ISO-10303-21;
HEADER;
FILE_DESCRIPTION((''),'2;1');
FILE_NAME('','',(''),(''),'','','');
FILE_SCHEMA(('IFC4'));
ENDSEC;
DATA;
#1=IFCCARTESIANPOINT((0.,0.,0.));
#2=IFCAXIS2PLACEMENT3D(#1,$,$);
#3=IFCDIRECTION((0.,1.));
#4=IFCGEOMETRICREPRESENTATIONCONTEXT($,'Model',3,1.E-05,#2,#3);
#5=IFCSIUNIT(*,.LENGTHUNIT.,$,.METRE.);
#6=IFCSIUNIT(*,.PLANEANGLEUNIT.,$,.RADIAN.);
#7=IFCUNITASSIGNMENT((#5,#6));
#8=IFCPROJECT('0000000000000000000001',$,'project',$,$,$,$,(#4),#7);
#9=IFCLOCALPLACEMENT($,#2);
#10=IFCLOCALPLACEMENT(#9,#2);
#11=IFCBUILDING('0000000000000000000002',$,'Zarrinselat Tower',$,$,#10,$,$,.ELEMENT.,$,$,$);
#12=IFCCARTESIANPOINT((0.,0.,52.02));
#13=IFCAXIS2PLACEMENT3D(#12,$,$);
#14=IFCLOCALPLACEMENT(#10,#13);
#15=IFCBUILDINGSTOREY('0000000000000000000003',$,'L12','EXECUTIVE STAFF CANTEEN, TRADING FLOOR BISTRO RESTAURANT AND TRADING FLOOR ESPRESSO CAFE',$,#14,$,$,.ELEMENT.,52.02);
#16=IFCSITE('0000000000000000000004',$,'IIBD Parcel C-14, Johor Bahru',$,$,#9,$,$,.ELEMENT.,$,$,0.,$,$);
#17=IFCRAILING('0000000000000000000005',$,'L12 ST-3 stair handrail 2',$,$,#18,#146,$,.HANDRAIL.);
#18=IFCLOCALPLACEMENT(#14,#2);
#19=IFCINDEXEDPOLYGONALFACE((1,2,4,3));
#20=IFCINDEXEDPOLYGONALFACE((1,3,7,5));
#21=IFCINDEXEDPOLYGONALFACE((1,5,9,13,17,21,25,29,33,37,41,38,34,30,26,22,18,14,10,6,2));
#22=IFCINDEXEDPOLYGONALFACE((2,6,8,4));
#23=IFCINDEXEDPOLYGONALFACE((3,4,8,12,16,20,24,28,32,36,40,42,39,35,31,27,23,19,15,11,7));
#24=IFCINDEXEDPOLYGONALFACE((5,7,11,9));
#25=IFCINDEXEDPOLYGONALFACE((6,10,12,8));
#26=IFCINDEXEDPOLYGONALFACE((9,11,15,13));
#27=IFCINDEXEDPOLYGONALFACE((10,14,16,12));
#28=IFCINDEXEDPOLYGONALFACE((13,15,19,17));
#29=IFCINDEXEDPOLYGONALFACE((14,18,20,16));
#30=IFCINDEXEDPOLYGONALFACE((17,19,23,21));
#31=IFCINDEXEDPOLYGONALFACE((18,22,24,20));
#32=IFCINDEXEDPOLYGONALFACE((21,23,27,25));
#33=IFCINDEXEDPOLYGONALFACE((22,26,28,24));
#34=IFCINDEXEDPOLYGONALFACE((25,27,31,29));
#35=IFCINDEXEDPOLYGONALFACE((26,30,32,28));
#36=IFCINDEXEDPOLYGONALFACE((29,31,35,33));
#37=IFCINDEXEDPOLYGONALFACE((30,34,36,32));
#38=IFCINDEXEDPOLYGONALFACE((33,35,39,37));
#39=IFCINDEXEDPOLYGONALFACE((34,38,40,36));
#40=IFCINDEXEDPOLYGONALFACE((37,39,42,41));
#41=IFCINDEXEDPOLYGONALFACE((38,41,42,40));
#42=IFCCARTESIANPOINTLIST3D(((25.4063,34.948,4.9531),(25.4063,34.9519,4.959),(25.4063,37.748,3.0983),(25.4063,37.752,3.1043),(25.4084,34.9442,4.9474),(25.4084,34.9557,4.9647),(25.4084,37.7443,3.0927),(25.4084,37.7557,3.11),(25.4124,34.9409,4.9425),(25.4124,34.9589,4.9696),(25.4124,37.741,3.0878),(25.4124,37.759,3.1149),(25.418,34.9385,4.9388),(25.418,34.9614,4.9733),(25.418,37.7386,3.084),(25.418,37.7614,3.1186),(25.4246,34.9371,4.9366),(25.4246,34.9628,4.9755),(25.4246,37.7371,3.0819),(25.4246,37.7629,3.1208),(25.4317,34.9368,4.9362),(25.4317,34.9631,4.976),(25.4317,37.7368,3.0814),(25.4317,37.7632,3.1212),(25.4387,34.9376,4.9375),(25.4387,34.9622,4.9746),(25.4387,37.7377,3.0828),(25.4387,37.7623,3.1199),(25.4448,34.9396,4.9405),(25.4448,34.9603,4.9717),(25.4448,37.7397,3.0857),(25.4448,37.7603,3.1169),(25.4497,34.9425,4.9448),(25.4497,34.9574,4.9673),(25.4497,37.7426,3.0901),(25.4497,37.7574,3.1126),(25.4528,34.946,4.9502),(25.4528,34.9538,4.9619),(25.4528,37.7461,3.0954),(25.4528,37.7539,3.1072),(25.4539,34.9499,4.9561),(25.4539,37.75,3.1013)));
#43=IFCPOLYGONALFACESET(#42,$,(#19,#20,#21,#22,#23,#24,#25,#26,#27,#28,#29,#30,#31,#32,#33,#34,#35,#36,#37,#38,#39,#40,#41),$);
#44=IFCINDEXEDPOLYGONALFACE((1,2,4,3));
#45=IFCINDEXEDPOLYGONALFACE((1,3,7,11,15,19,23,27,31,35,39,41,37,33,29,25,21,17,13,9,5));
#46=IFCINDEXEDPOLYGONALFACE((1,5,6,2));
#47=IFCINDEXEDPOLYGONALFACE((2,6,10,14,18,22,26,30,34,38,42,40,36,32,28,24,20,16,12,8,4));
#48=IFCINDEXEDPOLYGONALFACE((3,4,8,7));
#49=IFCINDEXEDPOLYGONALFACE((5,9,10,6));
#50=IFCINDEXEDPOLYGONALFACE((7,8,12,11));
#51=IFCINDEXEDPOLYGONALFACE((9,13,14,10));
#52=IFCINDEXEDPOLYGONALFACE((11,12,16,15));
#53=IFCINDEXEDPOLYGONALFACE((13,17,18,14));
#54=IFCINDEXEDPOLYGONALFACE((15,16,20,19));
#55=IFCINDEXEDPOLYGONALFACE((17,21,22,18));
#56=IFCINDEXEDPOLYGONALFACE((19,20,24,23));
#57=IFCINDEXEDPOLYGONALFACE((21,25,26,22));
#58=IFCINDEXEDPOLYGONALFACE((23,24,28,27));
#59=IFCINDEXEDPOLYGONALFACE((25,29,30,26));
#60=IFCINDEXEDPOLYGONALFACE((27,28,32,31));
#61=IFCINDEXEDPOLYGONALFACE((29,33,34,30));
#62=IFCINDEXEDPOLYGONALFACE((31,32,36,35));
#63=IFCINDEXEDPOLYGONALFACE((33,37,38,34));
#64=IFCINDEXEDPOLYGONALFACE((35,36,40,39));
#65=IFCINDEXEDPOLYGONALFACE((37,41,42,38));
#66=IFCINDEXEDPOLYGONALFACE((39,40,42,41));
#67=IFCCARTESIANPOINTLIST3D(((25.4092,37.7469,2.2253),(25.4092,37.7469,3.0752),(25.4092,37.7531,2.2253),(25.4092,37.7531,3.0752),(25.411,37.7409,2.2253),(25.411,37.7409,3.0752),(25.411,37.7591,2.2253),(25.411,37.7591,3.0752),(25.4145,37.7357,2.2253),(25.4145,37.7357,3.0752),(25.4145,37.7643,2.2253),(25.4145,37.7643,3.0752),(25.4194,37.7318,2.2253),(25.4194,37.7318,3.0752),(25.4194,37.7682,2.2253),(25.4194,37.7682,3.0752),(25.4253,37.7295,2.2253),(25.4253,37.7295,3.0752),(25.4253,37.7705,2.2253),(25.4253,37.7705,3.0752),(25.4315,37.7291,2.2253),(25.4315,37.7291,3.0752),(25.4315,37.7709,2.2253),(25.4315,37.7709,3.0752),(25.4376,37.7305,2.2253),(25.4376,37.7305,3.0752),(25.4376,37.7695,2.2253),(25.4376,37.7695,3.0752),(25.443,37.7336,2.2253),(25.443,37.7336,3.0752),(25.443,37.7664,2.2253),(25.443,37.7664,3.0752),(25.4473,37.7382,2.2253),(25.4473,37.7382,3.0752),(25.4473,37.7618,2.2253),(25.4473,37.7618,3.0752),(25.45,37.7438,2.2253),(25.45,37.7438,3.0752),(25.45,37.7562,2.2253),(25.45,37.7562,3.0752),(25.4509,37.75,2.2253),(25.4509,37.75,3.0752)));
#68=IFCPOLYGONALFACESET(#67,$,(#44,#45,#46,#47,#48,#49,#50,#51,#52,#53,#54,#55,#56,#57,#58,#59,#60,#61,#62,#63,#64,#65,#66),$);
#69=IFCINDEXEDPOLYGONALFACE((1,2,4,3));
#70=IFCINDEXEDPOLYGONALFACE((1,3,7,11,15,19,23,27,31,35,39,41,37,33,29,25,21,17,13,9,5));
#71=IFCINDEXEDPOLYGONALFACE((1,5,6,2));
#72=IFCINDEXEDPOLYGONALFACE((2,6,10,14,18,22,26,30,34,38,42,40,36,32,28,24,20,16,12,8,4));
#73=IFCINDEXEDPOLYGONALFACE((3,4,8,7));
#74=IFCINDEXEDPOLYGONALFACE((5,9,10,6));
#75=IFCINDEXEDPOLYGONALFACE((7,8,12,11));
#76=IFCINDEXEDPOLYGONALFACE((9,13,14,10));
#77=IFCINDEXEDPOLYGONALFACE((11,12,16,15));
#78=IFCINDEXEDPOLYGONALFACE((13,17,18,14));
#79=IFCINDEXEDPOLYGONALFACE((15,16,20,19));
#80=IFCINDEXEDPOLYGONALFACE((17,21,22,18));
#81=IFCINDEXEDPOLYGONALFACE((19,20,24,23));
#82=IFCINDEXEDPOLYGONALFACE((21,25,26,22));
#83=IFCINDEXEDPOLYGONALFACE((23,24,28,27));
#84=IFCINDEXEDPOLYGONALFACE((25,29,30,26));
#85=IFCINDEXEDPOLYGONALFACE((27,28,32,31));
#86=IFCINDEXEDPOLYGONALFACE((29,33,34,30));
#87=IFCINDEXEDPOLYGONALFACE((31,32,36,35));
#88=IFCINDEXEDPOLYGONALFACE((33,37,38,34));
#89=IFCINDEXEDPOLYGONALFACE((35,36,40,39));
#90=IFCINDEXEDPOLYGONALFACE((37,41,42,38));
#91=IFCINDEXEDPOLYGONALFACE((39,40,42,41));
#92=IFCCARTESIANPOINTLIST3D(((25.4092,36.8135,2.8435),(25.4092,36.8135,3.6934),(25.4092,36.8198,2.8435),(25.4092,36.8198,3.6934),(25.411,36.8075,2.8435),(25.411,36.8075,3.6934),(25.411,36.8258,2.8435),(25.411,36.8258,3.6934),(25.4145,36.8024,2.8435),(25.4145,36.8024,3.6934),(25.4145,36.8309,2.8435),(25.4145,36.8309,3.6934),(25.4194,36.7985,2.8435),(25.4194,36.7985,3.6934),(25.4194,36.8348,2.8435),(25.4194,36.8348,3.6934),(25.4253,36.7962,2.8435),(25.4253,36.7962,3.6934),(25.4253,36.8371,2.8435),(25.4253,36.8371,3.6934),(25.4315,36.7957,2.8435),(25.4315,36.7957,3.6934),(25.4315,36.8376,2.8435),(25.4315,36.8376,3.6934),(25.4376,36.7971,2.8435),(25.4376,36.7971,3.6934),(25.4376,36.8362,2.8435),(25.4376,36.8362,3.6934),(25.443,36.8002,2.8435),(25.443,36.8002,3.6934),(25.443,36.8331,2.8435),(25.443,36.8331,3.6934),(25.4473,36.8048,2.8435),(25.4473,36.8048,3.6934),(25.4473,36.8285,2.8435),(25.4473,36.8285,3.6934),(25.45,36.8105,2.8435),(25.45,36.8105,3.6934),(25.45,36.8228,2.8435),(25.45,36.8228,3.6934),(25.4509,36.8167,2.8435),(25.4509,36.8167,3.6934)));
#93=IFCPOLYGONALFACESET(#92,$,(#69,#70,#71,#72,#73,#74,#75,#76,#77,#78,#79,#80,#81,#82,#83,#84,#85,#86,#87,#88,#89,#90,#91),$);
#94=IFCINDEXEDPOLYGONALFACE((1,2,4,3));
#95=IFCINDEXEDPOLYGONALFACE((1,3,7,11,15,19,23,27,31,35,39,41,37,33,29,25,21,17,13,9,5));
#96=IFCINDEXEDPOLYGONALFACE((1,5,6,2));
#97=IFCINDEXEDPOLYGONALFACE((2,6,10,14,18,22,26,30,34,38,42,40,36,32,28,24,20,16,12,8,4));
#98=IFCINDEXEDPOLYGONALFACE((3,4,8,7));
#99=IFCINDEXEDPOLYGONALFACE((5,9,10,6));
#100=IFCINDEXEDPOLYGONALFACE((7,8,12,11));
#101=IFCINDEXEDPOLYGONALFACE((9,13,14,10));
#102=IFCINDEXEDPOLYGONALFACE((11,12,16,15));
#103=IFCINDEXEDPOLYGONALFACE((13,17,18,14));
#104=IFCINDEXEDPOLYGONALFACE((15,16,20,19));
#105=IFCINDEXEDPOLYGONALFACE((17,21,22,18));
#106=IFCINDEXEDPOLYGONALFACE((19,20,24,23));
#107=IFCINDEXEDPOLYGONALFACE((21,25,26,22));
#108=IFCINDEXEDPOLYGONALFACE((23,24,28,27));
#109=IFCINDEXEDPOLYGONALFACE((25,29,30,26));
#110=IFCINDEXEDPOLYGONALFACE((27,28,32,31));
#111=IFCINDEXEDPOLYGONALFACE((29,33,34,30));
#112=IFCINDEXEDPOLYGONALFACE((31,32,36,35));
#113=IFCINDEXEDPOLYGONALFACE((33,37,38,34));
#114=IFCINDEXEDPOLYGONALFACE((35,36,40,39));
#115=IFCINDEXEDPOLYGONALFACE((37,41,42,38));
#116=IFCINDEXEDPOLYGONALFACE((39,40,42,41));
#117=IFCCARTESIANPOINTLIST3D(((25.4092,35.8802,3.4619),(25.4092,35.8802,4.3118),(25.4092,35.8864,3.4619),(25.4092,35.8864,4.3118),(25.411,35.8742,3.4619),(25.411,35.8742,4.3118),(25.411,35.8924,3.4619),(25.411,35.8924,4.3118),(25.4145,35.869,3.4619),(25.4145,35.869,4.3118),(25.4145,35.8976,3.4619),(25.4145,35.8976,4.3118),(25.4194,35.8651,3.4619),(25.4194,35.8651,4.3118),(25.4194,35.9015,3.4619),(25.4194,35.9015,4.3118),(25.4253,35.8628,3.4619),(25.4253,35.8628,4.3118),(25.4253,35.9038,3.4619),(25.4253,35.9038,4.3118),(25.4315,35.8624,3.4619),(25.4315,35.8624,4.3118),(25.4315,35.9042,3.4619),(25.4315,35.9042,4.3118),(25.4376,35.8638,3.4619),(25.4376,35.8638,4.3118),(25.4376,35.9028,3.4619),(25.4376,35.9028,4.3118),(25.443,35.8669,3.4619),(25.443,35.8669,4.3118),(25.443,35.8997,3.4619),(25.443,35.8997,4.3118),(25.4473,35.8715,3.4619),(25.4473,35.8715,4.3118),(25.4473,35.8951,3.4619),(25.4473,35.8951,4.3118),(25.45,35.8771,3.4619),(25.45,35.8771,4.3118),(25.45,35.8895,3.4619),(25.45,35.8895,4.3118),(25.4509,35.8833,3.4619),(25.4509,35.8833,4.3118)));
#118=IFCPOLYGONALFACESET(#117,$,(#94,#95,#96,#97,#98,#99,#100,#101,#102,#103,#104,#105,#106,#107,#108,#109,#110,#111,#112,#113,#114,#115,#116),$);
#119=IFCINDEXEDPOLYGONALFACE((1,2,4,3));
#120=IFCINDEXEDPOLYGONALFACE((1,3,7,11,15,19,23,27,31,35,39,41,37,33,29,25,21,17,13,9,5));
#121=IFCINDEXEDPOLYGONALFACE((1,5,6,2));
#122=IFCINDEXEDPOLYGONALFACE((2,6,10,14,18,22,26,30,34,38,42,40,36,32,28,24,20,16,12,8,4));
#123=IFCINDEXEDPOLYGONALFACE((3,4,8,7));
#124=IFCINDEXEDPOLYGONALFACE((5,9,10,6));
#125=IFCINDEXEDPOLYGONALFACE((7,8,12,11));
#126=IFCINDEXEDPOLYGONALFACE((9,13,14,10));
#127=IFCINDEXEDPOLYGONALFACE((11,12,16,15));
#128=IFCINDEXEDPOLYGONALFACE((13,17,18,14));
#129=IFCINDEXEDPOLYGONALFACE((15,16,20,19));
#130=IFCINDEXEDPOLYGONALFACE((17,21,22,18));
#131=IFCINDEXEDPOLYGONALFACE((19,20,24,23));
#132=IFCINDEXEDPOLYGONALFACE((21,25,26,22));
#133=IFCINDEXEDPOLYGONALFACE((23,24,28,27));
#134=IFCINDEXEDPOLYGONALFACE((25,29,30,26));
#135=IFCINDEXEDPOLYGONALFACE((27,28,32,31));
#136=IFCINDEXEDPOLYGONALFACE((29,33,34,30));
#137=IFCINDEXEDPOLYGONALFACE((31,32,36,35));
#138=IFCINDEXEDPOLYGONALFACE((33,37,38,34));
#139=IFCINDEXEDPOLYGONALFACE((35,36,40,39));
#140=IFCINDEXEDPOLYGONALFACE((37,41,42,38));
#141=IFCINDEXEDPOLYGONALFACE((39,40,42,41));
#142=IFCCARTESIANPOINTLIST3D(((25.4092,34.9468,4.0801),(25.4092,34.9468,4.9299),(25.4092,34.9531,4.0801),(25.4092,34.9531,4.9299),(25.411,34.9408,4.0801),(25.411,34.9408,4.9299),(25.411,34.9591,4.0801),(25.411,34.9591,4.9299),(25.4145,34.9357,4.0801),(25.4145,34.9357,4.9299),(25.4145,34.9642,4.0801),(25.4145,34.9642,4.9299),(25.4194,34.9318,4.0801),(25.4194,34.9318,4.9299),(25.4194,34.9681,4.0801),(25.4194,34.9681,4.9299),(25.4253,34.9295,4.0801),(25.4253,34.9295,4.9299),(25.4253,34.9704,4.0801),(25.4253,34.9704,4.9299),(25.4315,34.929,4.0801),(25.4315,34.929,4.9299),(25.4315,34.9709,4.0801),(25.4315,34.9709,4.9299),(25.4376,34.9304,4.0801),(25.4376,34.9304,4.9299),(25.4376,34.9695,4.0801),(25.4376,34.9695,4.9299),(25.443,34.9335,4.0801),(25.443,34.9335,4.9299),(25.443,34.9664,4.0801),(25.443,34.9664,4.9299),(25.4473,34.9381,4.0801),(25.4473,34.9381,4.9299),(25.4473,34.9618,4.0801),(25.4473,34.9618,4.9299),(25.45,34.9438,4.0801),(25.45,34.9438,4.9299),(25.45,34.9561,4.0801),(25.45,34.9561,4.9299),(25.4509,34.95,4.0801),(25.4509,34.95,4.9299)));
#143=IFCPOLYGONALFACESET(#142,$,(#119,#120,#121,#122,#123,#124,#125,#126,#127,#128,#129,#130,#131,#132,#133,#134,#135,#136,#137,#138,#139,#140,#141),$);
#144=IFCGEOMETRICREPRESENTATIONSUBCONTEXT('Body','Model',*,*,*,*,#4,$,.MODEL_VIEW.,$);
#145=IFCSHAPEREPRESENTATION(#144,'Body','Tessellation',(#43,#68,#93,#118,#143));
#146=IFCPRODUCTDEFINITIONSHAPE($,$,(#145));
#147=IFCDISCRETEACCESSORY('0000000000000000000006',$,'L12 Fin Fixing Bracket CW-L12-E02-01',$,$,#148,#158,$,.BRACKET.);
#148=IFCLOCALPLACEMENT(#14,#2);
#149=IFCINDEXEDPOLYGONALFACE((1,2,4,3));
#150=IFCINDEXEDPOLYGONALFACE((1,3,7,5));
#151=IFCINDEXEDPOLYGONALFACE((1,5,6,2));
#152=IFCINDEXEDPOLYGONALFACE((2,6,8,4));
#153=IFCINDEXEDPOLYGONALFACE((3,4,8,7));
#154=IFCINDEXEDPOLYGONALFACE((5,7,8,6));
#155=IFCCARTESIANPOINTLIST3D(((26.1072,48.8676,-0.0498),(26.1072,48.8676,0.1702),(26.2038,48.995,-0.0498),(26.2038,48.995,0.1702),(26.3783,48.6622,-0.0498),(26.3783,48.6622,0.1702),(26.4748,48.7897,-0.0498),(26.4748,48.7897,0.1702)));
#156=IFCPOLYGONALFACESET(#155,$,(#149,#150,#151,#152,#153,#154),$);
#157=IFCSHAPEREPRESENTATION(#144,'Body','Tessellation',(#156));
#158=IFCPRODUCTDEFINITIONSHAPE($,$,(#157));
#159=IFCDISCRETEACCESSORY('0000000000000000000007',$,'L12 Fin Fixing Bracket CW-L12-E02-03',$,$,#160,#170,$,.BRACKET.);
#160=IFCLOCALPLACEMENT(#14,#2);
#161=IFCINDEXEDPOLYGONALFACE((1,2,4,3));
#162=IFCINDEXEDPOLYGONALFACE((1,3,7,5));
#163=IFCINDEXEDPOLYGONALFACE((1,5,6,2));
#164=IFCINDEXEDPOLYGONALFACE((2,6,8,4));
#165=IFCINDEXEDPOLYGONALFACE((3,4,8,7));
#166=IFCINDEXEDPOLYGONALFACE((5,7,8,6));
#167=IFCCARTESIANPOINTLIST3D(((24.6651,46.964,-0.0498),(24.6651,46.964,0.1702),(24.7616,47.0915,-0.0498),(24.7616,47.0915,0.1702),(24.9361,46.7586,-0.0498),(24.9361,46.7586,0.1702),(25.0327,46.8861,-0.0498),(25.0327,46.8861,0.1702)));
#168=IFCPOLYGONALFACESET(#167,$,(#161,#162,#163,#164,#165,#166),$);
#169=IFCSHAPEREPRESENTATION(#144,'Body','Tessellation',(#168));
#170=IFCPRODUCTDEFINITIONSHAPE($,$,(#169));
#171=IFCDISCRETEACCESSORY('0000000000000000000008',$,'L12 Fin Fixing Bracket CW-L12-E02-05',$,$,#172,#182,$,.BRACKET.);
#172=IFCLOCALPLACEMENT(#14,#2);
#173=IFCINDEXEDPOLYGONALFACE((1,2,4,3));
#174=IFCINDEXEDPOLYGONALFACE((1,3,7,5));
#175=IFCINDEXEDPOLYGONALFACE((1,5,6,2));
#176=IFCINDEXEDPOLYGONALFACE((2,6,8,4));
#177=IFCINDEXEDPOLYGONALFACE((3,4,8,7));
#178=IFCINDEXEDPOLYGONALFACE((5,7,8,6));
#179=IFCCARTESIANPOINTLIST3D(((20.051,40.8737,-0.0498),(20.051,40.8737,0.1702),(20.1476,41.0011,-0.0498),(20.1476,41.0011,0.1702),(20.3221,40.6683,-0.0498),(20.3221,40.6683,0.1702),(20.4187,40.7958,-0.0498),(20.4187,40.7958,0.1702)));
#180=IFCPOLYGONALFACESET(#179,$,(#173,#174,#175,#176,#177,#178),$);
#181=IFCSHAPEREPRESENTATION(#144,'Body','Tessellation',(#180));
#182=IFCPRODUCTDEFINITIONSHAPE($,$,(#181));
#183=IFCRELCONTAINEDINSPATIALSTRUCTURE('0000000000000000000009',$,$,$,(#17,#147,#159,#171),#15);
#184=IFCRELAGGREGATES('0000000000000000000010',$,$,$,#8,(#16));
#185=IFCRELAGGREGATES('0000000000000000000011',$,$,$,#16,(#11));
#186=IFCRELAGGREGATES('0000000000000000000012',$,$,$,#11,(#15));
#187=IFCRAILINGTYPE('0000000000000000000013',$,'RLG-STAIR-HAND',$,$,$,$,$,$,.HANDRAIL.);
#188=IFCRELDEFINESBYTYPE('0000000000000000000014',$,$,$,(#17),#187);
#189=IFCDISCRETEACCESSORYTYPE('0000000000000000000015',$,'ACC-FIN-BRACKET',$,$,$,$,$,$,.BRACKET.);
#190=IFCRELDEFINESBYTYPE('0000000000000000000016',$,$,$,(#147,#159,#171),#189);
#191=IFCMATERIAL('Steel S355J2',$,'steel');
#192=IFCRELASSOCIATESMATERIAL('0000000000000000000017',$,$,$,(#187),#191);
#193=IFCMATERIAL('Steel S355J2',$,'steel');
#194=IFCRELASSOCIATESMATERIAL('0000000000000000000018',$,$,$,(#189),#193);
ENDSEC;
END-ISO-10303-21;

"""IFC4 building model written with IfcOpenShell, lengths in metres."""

from ifc_helpers import new_model, si_unit, direction, frame, origin, origin_2d, place, context, subcontext, project, spatial, rectangle, circle, extrude, material, type_object, element, save


model = new_model("IFC4")

# Units and contexts
model_context = context("Model", 3, precision=1e-05, world=origin(), true_north=direction((0.0, 1.0)))
body_context = subcontext(model_context, "Body", "Model", "MODEL_VIEW")
ifc_project = project(units=[si_unit("LENGTHUNIT", "METRE"), si_unit("PLANEANGLEUNIT", "RADIAN")], contexts=[model_context])

# Site, building, storey
site_placement = place(None, origin())
site = spatial("IfcSite", under=ifc_project, at=site_placement, Name="IIBD Parcel C-14, Johor Bahru", CompositionType="ELEMENT", RefElevation=0.0)
building_placement = place(site_placement, origin())
building = spatial("IfcBuilding", under=site, at=building_placement, Name="Zarrinselat Tower", CompositionType="ELEMENT")
storey_placement = place(building_placement, frame((0.0, 0.0, 52.02)))
storey = spatial("IfcBuildingStorey", under=building, at=storey_placement, Name="L12", Description="EXECUTIVE STAFF CANTEEN, TRADING FLOOR BISTRO RESTAURANT AND TRADING FLOOR ESPRESSO CAFE", CompositionType="ELEMENT", Elevation=52.02)

# Railing
ifc_material_1 = material(Name="Steel S355J2", Category="steel")
railing_type_1 = type_object("IfcRailingType", Name="RLG-STAIR-HAND", PredefinedType="HANDRAIL", material=ifc_material_1)
railing_1_placement = place(storey_placement, frame((25.4299, 37.75, 2.2253)))
element("IfcRailing", 1, at=railing_1_placement, inside=storey, type_object=railing_type_1, Name="L12 ST-3 stair handrail 2", PredefinedType="HANDRAIL", context=body_context, shape_type="SweptSolid", body=[
    extrude(circle(Radius=0.0239, at=origin_2d()), frame((0.0, 0.0, 0.876), z_axis=(0.0, -0.833691, 0.552232), x_axis=(1.0, 0.0, 0.0)), (0.0, 0.0, 1.0), 3.3586),
    extrude(circle(Radius=0.021, at=origin_2d()), origin(), (0.0, 0.0, 1.0), 0.8499),
    extrude(circle(Radius=0.021, at=origin_2d()), frame((0.0, -0.9333, 0.6182)), (0.0, 0.0, 1.0), 0.8499),
    extrude(circle(Radius=0.021, at=origin_2d()), frame((0.0, -1.8667, 1.2366)), (0.0, 0.0, 1.0), 0.8499),
    extrude(circle(Radius=0.021, at=origin_2d()), frame((0.0, -2.8, 1.8547)), (0.0, 0.0, 1.0), 0.8499),
])

# Discrete accessories
ifc_material_2 = material(Name="Steel S355J2", Category="steel")
discrete_accessory_type = type_object("IfcDiscreteAccessoryType", Name="ACC-FIN-BRACKET", PredefinedType="BRACKET", material=ifc_material_2)
for number, where, z_axis, x_axis, name in (
    (2, (26.291, 48.8286, -0.0498), (0.0, 0.0, 1.0), (-0.797091, 0.60386, 0.0), "L12 Fin Fixing Bracket CW-L12-E02-01"),
    (3, (24.8489, 46.925, -0.0498), (0.0, 0.0, 1.0), (-0.797091, 0.60386, 0.0), "L12 Fin Fixing Bracket CW-L12-E02-03"),
    (4, (20.2349, 40.8347, -0.0498), (0.0, 0.0, 1.0), (-0.797091, 0.60386, 0.0), "L12 Fin Fixing Bracket CW-L12-E02-05"),
):
    element("IfcDiscreteAccessory", number, at=place(storey_placement, frame(where, z_axis=z_axis, x_axis=x_axis)), inside=storey, type_object=discrete_accessory_type, Name=name, PredefinedType="BRACKET", context=body_context, shape_type="SweptSolid", body=[
        extrude(rectangle(XDim=0.3401, YDim=0.1599, at=origin_2d()), origin(), (0.0, 0.0, 1.0), 0.22),
    ])

save(model, "model.ifc")
